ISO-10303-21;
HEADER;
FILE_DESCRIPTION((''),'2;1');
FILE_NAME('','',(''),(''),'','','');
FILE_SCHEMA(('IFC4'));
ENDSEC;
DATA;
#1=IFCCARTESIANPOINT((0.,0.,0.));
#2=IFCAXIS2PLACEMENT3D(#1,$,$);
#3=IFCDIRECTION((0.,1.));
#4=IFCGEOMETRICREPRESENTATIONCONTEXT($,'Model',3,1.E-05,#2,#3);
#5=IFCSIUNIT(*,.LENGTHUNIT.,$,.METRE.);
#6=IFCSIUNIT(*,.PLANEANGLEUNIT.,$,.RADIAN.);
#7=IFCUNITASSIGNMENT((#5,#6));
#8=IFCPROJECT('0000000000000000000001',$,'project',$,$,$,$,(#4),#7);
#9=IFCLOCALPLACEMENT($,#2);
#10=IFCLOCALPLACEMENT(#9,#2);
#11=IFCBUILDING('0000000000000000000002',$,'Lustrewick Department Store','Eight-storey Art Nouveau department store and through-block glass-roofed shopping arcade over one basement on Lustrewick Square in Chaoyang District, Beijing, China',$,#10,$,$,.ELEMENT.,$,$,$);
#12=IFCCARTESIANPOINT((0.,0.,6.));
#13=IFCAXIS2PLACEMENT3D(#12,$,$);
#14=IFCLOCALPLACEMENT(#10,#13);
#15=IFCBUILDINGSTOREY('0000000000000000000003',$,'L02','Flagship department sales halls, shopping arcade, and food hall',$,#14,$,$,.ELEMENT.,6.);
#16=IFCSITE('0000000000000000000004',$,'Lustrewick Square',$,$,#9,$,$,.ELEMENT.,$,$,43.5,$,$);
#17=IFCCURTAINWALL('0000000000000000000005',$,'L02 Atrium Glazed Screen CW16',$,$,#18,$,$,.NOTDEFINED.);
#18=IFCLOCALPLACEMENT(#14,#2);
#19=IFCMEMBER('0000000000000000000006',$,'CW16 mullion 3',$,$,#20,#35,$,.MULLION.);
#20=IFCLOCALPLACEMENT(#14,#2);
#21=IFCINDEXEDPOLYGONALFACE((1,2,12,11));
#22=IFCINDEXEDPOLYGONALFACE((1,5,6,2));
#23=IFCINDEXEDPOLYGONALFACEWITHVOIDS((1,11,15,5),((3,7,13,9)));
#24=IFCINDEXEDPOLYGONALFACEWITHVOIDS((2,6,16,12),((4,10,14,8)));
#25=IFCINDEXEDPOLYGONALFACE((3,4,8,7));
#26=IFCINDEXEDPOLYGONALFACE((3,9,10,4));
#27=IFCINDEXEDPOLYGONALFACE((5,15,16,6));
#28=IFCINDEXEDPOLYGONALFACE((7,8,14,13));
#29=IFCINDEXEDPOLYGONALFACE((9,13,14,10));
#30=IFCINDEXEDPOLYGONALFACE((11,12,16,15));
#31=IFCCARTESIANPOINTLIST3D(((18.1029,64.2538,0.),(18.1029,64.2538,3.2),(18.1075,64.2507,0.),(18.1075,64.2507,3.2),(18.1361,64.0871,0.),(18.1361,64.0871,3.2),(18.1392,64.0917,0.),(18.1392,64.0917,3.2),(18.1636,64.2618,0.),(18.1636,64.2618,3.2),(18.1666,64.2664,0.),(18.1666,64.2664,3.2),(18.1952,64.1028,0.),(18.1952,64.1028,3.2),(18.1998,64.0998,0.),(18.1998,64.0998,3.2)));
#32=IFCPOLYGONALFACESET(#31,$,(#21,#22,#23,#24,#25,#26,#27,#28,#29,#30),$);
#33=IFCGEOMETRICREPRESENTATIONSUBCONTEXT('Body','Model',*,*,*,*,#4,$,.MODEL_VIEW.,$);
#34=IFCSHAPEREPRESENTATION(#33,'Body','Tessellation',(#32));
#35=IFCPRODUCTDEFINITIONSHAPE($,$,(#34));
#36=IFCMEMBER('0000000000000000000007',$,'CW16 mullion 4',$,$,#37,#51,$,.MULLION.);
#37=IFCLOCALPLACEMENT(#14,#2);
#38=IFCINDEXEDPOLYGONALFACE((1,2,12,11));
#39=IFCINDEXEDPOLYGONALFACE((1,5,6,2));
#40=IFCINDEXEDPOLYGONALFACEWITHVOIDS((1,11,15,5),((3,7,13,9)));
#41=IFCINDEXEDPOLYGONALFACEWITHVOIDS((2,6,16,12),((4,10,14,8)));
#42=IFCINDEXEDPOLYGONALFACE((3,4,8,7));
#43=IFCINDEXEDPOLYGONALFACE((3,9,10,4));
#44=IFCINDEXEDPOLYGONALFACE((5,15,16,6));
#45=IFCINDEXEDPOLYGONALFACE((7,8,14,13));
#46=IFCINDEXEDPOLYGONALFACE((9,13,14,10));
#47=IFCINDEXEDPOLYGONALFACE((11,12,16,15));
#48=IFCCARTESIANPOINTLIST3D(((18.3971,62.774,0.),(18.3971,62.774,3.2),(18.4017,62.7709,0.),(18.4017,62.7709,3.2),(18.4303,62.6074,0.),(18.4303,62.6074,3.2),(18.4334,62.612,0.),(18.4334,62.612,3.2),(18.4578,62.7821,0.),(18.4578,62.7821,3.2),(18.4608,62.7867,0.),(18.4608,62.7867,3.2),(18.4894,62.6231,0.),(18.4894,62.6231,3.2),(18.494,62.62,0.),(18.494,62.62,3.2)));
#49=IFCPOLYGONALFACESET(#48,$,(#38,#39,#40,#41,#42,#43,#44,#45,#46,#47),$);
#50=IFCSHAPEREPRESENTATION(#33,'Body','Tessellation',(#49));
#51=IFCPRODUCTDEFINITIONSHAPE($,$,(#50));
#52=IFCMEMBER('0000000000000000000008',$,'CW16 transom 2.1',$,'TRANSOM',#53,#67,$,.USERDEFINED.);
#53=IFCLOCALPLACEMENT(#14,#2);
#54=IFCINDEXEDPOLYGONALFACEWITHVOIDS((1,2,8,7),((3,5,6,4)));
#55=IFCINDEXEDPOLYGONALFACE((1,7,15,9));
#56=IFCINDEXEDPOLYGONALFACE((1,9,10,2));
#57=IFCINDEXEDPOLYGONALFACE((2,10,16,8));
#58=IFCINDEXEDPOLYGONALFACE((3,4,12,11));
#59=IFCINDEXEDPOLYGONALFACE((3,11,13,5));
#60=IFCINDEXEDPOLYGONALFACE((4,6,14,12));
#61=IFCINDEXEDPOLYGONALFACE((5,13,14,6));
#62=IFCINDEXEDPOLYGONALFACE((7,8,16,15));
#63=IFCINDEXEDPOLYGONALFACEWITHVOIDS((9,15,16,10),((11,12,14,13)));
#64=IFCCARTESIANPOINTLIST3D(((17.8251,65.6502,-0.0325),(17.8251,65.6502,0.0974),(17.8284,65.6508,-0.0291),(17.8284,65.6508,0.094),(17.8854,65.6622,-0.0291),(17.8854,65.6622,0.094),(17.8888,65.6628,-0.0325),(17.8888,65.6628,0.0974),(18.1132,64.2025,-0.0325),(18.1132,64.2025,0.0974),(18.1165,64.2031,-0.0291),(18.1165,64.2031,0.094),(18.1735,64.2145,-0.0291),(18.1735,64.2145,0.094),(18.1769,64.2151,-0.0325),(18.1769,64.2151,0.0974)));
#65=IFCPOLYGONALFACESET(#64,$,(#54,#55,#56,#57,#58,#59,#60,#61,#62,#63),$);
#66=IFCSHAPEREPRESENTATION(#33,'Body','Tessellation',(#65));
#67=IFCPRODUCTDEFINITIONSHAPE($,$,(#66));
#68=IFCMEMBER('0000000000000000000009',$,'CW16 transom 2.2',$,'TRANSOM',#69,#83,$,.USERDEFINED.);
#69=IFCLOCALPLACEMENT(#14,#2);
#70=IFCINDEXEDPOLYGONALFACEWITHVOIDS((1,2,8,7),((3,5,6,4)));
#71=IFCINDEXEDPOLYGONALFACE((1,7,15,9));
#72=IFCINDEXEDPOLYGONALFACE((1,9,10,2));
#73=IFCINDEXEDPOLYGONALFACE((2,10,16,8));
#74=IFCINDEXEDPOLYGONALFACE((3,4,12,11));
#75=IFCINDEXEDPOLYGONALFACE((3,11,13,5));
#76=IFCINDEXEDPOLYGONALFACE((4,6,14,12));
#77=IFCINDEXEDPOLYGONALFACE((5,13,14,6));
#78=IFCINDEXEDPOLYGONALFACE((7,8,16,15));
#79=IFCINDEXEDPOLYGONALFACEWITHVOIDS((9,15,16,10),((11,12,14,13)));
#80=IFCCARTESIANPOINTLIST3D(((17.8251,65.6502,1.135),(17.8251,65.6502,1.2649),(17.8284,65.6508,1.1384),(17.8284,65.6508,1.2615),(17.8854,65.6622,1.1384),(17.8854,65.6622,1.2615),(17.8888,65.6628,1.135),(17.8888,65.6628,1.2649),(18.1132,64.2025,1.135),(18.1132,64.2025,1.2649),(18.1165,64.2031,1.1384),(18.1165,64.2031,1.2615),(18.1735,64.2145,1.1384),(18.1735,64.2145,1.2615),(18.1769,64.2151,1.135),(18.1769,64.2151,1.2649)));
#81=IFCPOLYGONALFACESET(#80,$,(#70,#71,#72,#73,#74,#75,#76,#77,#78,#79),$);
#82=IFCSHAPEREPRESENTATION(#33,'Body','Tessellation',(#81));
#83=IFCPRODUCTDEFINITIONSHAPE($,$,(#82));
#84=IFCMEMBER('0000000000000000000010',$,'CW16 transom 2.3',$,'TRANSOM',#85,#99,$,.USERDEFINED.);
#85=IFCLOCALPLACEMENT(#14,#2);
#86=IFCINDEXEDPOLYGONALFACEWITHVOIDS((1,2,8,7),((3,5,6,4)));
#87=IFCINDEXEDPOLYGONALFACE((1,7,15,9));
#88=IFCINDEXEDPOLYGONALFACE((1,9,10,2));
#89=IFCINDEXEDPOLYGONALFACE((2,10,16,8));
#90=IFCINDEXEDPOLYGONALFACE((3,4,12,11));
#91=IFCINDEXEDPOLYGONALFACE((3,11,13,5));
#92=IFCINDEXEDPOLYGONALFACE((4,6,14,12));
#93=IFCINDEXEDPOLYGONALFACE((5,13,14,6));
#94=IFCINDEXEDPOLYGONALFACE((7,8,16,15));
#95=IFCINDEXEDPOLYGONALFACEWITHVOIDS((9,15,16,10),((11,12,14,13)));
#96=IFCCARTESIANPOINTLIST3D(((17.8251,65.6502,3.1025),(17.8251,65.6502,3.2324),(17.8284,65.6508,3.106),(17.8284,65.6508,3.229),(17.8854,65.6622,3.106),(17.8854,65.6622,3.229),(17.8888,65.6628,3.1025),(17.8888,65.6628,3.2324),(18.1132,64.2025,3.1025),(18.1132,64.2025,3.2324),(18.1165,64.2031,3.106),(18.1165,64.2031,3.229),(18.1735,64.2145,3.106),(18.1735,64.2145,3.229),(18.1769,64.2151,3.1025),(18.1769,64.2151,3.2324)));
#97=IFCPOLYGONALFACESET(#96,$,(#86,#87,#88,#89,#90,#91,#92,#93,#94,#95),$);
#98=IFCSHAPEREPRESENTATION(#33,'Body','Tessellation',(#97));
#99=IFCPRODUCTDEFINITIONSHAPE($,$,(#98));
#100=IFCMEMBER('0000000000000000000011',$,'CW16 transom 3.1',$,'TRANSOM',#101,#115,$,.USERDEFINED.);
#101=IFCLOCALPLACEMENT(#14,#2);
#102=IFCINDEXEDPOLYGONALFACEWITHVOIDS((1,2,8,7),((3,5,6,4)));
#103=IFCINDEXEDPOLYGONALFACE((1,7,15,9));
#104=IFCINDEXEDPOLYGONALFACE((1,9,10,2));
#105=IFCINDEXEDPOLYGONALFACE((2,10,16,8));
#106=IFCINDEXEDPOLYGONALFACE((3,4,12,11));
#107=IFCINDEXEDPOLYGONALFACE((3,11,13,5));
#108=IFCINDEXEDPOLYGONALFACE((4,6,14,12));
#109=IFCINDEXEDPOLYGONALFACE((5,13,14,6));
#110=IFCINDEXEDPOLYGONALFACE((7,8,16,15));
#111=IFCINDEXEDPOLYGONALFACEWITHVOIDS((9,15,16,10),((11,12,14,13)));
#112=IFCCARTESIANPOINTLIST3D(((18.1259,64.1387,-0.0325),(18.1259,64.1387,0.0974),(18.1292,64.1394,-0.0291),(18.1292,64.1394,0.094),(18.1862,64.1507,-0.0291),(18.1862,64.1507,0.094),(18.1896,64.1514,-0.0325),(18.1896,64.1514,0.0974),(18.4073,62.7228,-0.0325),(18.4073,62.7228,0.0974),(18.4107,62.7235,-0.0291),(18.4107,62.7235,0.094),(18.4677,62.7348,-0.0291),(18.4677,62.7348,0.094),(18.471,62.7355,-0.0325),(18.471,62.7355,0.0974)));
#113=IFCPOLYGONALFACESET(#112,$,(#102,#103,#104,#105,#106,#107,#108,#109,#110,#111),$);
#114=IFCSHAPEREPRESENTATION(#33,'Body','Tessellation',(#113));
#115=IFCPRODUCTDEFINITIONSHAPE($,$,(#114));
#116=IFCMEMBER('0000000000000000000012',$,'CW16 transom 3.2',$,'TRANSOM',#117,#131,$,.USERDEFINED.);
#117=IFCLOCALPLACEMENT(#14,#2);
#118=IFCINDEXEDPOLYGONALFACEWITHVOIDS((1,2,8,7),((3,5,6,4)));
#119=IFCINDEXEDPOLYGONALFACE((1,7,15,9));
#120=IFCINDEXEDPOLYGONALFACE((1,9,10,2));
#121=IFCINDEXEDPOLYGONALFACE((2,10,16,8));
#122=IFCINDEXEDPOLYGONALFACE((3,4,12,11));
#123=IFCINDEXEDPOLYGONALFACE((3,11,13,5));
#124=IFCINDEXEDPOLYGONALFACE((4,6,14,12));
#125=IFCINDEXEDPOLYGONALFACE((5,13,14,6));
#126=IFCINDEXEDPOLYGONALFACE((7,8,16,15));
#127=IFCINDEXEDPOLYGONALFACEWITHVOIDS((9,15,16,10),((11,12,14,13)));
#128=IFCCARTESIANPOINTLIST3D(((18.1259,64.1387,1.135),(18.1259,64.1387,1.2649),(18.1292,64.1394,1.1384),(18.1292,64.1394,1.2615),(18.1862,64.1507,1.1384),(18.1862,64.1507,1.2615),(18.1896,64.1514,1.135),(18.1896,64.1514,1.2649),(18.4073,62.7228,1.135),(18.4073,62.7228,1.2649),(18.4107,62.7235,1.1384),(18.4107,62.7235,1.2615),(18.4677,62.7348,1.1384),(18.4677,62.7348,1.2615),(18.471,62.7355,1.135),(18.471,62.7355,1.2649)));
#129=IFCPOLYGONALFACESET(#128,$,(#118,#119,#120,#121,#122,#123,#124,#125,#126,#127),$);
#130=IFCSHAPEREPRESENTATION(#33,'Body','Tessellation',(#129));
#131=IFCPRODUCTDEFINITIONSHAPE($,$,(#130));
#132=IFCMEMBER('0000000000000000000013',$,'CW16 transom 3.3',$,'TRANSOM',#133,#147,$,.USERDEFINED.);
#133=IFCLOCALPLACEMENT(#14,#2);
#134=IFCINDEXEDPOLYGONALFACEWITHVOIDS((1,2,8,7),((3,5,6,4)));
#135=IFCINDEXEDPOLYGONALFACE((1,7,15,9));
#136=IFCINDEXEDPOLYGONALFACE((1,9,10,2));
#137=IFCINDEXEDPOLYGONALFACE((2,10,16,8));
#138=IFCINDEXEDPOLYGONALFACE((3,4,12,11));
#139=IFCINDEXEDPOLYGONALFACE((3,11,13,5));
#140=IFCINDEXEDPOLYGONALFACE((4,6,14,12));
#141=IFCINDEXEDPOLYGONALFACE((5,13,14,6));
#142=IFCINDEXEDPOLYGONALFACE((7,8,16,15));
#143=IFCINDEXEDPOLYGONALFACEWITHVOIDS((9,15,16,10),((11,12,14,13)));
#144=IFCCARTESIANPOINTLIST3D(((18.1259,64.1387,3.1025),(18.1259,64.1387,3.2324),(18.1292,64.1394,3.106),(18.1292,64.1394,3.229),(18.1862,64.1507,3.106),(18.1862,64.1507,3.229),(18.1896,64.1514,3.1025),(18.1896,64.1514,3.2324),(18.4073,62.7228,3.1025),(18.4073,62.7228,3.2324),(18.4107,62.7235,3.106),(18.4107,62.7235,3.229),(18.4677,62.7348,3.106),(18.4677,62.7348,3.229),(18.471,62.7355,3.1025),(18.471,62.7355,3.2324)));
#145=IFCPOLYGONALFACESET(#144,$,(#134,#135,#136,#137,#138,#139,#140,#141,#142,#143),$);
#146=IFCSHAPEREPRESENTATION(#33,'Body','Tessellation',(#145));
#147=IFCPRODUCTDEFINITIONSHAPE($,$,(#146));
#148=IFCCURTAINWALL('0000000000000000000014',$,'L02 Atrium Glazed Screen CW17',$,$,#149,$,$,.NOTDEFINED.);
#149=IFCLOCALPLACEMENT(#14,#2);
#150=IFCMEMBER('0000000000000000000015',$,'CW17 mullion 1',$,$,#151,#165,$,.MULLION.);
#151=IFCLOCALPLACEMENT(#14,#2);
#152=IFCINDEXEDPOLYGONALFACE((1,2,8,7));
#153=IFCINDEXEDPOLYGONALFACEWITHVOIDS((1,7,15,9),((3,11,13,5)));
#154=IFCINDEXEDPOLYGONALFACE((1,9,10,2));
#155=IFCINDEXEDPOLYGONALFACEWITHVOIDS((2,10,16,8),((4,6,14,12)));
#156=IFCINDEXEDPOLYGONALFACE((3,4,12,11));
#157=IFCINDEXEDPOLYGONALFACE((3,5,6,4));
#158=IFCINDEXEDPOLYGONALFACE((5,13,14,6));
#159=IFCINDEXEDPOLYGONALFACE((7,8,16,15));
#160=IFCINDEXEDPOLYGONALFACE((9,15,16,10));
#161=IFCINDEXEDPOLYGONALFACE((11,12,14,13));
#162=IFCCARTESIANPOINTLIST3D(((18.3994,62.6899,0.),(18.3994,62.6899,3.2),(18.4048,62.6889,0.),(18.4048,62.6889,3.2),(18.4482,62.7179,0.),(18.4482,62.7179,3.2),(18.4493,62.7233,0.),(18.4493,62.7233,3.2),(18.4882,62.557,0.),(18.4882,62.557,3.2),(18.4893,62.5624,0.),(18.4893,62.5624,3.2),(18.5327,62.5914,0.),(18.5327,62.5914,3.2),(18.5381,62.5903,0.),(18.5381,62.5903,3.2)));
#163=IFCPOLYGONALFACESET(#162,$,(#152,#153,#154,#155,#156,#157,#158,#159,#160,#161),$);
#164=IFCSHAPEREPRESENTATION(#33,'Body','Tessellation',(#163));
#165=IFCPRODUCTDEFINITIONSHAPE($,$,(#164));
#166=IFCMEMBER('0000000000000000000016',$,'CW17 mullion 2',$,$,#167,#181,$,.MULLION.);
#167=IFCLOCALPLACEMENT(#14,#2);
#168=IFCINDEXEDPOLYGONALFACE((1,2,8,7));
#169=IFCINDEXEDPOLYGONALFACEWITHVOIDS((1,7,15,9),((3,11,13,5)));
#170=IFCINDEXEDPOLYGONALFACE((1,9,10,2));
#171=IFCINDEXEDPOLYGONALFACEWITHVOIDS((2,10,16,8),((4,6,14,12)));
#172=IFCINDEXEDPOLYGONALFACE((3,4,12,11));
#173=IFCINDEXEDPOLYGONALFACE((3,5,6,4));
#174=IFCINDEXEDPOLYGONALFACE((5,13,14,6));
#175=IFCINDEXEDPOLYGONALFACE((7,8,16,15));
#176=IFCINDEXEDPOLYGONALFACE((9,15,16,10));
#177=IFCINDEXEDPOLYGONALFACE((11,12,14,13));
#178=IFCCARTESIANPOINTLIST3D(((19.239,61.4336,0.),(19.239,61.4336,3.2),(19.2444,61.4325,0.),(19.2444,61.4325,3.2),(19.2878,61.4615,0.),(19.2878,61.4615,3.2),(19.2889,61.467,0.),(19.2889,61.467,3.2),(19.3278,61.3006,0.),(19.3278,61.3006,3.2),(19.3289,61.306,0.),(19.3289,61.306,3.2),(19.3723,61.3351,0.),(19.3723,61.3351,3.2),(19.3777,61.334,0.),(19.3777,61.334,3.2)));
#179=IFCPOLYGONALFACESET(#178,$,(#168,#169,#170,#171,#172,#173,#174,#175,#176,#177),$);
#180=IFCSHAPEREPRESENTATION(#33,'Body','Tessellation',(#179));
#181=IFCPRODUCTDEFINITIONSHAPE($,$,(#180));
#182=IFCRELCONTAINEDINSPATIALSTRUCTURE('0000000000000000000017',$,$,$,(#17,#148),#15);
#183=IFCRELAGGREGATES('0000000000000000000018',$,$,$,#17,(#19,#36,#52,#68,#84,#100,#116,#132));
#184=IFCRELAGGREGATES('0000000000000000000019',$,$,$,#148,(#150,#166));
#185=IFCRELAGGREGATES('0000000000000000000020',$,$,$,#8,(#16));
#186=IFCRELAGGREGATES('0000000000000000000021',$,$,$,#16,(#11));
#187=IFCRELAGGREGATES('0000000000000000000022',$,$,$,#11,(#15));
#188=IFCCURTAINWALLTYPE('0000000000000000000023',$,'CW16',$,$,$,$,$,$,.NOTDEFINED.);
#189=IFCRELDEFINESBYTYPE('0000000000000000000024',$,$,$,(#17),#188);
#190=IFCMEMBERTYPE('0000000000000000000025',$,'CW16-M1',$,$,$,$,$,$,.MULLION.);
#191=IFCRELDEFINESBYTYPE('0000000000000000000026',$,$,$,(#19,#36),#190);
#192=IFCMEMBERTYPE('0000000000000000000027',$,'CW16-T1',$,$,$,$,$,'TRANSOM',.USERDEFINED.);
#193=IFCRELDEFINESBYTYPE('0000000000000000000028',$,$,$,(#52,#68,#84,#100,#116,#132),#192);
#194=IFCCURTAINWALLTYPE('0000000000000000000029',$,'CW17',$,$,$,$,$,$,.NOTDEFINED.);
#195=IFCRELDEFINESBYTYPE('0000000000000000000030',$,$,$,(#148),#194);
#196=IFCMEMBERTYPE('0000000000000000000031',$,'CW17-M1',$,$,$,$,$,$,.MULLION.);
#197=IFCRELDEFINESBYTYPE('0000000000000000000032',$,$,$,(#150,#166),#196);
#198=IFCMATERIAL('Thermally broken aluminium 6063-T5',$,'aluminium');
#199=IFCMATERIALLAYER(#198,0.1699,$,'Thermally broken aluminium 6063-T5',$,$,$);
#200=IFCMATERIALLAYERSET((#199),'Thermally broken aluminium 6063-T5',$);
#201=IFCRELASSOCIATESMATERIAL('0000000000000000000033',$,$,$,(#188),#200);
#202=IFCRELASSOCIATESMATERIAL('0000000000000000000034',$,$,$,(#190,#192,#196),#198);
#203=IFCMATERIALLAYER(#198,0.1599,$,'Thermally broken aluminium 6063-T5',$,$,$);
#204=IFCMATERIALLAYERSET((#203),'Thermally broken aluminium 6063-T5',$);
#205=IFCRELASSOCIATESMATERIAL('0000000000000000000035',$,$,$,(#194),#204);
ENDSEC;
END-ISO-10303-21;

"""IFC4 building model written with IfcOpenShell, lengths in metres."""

from ifc_helpers import new_model, si_unit, direction, frame, origin, origin_2d, place, context, subcontext, project, spatial, hollow_rectangle, extrude, material, layer, layer_set, material_profile, profile_set, type_object, element, aggregate, save


model = new_model("IFC4")

# Units and contexts
model_context = context("Model", 3, precision=1e-05, world=origin(), true_north=direction((0.0, 1.0)))
body_context = subcontext(model_context, "Body", "Model", "MODEL_VIEW")
ifc_project = project(units=[si_unit("LENGTHUNIT", "METRE"), si_unit("PLANEANGLEUNIT", "RADIAN")], contexts=[model_context])

# Site, building, storey
site_placement = place(None, origin())
site = spatial("IfcSite", under=ifc_project, at=site_placement, Name="Lustrewick Square", CompositionType="ELEMENT", RefElevation=43.5)
building_placement = place(site_placement, origin())
building = spatial("IfcBuilding", under=site, at=building_placement, Name="Lustrewick Department Store", Description="Eight-storey Art Nouveau department store and through-block glass-roofed shopping arcade over one basement on Lustrewick Square in Chaoyang District, Beijing, China", CompositionType="ELEMENT")
storey_placement = place(building_placement, frame((0.0, 0.0, 6.0)))
storey = spatial("IfcBuildingStorey", under=building, at=storey_placement, Name="L02", Description="Flagship department sales halls, shopping arcade, and food hall", CompositionType="ELEMENT", Elevation=6.0)

# Curtain walls, members
ifc_material_1 = material(Name="Thermally broken aluminium 6063-T5", Category="aluminium")
ifc_layer_1 = layer(ifc_material_1, 0.1699, Name="Thermally broken aluminium 6063-T5")
ifc_layer_set_1 = layer_set([ifc_layer_1], Name="Thermally broken aluminium 6063-T5")
curtain_wall_type_1 = type_object("IfcCurtainWallType", Name="CW16", PredefinedType="NOTDEFINED", material=ifc_layer_set_1)
curtain_wall_1_placement = place(storey_placement, origin())
curtain_wall_1 = element("IfcCurtainWall", 1, at=curtain_wall_1_placement, inside=storey, type_object=curtain_wall_type_1, Name="L02 Atrium Glazed Screen CW16", PredefinedType="NOTDEFINED")
ifc_material_profile_1 = material_profile(ifc_material_1, hollow_rectangle(XDim=0.0649, YDim=0.1699, WallThickness=0.0039, at=origin_2d()), Name="ALU-M 65x170x4")
ifc_profile_set_1 = profile_set([ifc_material_profile_1], Name="Thermally broken aluminium 6063-T5")
member_type_1 = type_object("IfcMemberType", Name="CW16-M1", PredefinedType="MULLION", material=ifc_profile_set_1)
member_1_placement = place(storey_placement, frame((18.1514, 64.1768, 0.0), z_axis=(0.0, 0.0, 1.0), x_axis=(0.980786, 0.195085, 0.0)))
member_1 = element("IfcMember", 2, at=member_1_placement, type_object=member_type_1, Name="CW16 mullion 3", PredefinedType="MULLION", context=body_context, shape_type="SweptSolid", body=[
    extrude(hollow_rectangle(XDim=0.0649, YDim=0.1699, WallThickness=0.0039, at=origin_2d()), origin(), (0.0, 0.0, 1.0), 3.2),
])
member_2_placement = place(storey_placement, frame((18.4456, 62.697, 0.0), z_axis=(0.0, 0.0, 1.0), x_axis=(0.980786, 0.195085, 0.0)))
member_2 = element("IfcMember", 3, at=member_2_placement, type_object=member_type_1, Name="CW16 mullion 4", PredefinedType="MULLION", context=body_context, shape_type="SweptSolid", body=[
    extrude(hollow_rectangle(XDim=0.0649, YDim=0.1699, WallThickness=0.0039, at=origin_2d()), origin(), (0.0, 0.0, 1.0), 3.2),
])
ifc_material_profile_2 = material_profile(ifc_material_1, hollow_rectangle(XDim=0.0649, YDim=0.1299, WallThickness=0.0034, at=origin_2d()), Name="ALU-T 65x130x3.5")
ifc_profile_set_2 = profile_set([ifc_material_profile_2], Name="Thermally broken aluminium 6063-T5")
member_type_2 = type_object("IfcMemberType", Name="CW16-T1", ElementType="TRANSOM", PredefinedType="USERDEFINED", material=ifc_profile_set_2)
member_3_placement = place(storey_placement, frame((17.8569, 65.6565, 0.0325), z_axis=(0.195162, -0.980771, 0.0), x_axis=(0.980771, 0.195162, 0.0)))
member_3 = element("IfcMember", 4, at=member_3_placement, type_object=member_type_2, Name="CW16 transom 2.1", ObjectType="TRANSOM", PredefinedType="USERDEFINED", context=body_context, shape_type="SweptSolid", body=[
    extrude(hollow_rectangle(XDim=0.0649, YDim=0.1299, WallThickness=0.0034, at=origin_2d()), origin(), (0.0, 0.0, 1.0), 1.4761),
])
member_4_placement = place(storey_placement, frame((17.8569, 65.6565, 1.2), z_axis=(0.195162, -0.980771, 0.0), x_axis=(0.980771, 0.195162, 0.0)))
member_4 = element("IfcMember", 5, at=member_4_placement, type_object=member_type_2, Name="CW16 transom 2.2", ObjectType="TRANSOM", PredefinedType="USERDEFINED", context=body_context, shape_type="SweptSolid", body=[
    extrude(hollow_rectangle(XDim=0.0649, YDim=0.1299, WallThickness=0.0034, at=origin_2d()), origin(), (0.0, 0.0, 1.0), 1.4761),
])
member_5_placement = place(storey_placement, frame((17.8569, 65.6565, 3.1675), z_axis=(0.195162, -0.980771, 0.0), x_axis=(0.980771, 0.195162, 0.0)))
member_5 = element("IfcMember", 6, at=member_5_placement, type_object=member_type_2, Name="CW16 transom 2.3", ObjectType="TRANSOM", PredefinedType="USERDEFINED", context=body_context, shape_type="SweptSolid", body=[
    extrude(hollow_rectangle(XDim=0.0649, YDim=0.1299, WallThickness=0.0034, at=origin_2d()), origin(), (0.0, 0.0, 1.0), 1.4761),
])
member_6_placement = place(storey_placement, frame((18.1577, 64.145, 0.0325), z_axis=(0.194978, -0.980808, 0.0), x_axis=(0.980808, 0.194978, 0.0)))
member_6 = element("IfcMember", 7, at=member_6_placement, type_object=member_type_2, Name="CW16 transom 3.1", ObjectType="TRANSOM", PredefinedType="USERDEFINED", context=body_context, shape_type="SweptSolid", body=[
    extrude(hollow_rectangle(XDim=0.0649, YDim=0.1299, WallThickness=0.0034, at=origin_2d()), origin(), (0.0, 0.0, 1.0), 1.4436),
])
member_7_placement = place(storey_placement, frame((18.1577, 64.145, 1.2), z_axis=(0.194978, -0.980808, 0.0), x_axis=(0.980808, 0.194978, 0.0)))
member_7 = element("IfcMember", 8, at=member_7_placement, type_object=member_type_2, Name="CW16 transom 3.2", ObjectType="TRANSOM", PredefinedType="USERDEFINED", context=body_context, shape_type="SweptSolid", body=[
    extrude(hollow_rectangle(XDim=0.0649, YDim=0.1299, WallThickness=0.0034, at=origin_2d()), origin(), (0.0, 0.0, 1.0), 1.4436),
])
member_8_placement = place(storey_placement, frame((18.1577, 64.145, 3.1675), z_axis=(0.194978, -0.980808, 0.0), x_axis=(0.980808, 0.194978, 0.0)))
member_8 = element("IfcMember", 9, at=member_8_placement, type_object=member_type_2, Name="CW16 transom 3.3", ObjectType="TRANSOM", PredefinedType="USERDEFINED", context=body_context, shape_type="SweptSolid", body=[
    extrude(hollow_rectangle(XDim=0.0649, YDim=0.1299, WallThickness=0.0034, at=origin_2d()), origin(), (0.0, 0.0, 1.0), 1.4436),
])
ifc_layer_2 = layer(ifc_material_1, 0.1599, Name="Thermally broken aluminium 6063-T5")
ifc_layer_set_2 = layer_set([ifc_layer_2], Name="Thermally broken aluminium 6063-T5")
curtain_wall_type_2 = type_object("IfcCurtainWallType", Name="CW17", PredefinedType="NOTDEFINED", material=ifc_layer_set_2)
curtain_wall_2_placement = place(storey_placement, origin())
curtain_wall_2 = element("IfcCurtainWall", 10, at=curtain_wall_2_placement, inside=storey, type_object=curtain_wall_type_2, Name="L02 Atrium Glazed Screen CW17", PredefinedType="NOTDEFINED")
ifc_material_profile_3 = material_profile(ifc_material_1, hollow_rectangle(XDim=0.0601, YDim=0.1599, WallThickness=0.0039, at=origin_2d()), Name="ALU-M 60x160x4")
ifc_profile_set_3 = profile_set([ifc_material_profile_3], Name="Thermally broken aluminium 6063-T5")
member_type_3 = type_object("IfcMemberType", Name="CW17-M1", PredefinedType="MULLION", material=ifc_profile_set_3)
member_9_placement = place(storey_placement, frame((18.4688, 62.6401, 0.0), z_axis=(0.0, 0.0, 1.0), x_axis=(0.831464, 0.555578, 0.0)))
member_9 = element("IfcMember", 11, at=member_9_placement, type_object=member_type_3, Name="CW17 mullion 1", PredefinedType="MULLION", context=body_context, shape_type="SweptSolid", body=[
    extrude(hollow_rectangle(XDim=0.0601, YDim=0.1599, WallThickness=0.0039, at=origin_2d()), origin(), (0.0, 0.0, 1.0), 3.2),
])
member_10_placement = place(storey_placement, frame((19.3083, 61.3838, 0.0), z_axis=(0.0, 0.0, 1.0), x_axis=(0.831464, 0.555578, 0.0)))
member_10 = element("IfcMember", 12, at=member_10_placement, type_object=member_type_3, Name="CW17 mullion 2", PredefinedType="MULLION", context=body_context, shape_type="SweptSolid", body=[
    extrude(hollow_rectangle(XDim=0.0601, YDim=0.1599, WallThickness=0.0039, at=origin_2d()), origin(), (0.0, 0.0, 1.0), 3.2),
])

aggregate(curtain_wall_1, [member_1, member_2, member_3, member_4, member_5, member_6, member_7, member_8])
aggregate(curtain_wall_2, [member_9, member_10])

save(model, "model.ifc")
